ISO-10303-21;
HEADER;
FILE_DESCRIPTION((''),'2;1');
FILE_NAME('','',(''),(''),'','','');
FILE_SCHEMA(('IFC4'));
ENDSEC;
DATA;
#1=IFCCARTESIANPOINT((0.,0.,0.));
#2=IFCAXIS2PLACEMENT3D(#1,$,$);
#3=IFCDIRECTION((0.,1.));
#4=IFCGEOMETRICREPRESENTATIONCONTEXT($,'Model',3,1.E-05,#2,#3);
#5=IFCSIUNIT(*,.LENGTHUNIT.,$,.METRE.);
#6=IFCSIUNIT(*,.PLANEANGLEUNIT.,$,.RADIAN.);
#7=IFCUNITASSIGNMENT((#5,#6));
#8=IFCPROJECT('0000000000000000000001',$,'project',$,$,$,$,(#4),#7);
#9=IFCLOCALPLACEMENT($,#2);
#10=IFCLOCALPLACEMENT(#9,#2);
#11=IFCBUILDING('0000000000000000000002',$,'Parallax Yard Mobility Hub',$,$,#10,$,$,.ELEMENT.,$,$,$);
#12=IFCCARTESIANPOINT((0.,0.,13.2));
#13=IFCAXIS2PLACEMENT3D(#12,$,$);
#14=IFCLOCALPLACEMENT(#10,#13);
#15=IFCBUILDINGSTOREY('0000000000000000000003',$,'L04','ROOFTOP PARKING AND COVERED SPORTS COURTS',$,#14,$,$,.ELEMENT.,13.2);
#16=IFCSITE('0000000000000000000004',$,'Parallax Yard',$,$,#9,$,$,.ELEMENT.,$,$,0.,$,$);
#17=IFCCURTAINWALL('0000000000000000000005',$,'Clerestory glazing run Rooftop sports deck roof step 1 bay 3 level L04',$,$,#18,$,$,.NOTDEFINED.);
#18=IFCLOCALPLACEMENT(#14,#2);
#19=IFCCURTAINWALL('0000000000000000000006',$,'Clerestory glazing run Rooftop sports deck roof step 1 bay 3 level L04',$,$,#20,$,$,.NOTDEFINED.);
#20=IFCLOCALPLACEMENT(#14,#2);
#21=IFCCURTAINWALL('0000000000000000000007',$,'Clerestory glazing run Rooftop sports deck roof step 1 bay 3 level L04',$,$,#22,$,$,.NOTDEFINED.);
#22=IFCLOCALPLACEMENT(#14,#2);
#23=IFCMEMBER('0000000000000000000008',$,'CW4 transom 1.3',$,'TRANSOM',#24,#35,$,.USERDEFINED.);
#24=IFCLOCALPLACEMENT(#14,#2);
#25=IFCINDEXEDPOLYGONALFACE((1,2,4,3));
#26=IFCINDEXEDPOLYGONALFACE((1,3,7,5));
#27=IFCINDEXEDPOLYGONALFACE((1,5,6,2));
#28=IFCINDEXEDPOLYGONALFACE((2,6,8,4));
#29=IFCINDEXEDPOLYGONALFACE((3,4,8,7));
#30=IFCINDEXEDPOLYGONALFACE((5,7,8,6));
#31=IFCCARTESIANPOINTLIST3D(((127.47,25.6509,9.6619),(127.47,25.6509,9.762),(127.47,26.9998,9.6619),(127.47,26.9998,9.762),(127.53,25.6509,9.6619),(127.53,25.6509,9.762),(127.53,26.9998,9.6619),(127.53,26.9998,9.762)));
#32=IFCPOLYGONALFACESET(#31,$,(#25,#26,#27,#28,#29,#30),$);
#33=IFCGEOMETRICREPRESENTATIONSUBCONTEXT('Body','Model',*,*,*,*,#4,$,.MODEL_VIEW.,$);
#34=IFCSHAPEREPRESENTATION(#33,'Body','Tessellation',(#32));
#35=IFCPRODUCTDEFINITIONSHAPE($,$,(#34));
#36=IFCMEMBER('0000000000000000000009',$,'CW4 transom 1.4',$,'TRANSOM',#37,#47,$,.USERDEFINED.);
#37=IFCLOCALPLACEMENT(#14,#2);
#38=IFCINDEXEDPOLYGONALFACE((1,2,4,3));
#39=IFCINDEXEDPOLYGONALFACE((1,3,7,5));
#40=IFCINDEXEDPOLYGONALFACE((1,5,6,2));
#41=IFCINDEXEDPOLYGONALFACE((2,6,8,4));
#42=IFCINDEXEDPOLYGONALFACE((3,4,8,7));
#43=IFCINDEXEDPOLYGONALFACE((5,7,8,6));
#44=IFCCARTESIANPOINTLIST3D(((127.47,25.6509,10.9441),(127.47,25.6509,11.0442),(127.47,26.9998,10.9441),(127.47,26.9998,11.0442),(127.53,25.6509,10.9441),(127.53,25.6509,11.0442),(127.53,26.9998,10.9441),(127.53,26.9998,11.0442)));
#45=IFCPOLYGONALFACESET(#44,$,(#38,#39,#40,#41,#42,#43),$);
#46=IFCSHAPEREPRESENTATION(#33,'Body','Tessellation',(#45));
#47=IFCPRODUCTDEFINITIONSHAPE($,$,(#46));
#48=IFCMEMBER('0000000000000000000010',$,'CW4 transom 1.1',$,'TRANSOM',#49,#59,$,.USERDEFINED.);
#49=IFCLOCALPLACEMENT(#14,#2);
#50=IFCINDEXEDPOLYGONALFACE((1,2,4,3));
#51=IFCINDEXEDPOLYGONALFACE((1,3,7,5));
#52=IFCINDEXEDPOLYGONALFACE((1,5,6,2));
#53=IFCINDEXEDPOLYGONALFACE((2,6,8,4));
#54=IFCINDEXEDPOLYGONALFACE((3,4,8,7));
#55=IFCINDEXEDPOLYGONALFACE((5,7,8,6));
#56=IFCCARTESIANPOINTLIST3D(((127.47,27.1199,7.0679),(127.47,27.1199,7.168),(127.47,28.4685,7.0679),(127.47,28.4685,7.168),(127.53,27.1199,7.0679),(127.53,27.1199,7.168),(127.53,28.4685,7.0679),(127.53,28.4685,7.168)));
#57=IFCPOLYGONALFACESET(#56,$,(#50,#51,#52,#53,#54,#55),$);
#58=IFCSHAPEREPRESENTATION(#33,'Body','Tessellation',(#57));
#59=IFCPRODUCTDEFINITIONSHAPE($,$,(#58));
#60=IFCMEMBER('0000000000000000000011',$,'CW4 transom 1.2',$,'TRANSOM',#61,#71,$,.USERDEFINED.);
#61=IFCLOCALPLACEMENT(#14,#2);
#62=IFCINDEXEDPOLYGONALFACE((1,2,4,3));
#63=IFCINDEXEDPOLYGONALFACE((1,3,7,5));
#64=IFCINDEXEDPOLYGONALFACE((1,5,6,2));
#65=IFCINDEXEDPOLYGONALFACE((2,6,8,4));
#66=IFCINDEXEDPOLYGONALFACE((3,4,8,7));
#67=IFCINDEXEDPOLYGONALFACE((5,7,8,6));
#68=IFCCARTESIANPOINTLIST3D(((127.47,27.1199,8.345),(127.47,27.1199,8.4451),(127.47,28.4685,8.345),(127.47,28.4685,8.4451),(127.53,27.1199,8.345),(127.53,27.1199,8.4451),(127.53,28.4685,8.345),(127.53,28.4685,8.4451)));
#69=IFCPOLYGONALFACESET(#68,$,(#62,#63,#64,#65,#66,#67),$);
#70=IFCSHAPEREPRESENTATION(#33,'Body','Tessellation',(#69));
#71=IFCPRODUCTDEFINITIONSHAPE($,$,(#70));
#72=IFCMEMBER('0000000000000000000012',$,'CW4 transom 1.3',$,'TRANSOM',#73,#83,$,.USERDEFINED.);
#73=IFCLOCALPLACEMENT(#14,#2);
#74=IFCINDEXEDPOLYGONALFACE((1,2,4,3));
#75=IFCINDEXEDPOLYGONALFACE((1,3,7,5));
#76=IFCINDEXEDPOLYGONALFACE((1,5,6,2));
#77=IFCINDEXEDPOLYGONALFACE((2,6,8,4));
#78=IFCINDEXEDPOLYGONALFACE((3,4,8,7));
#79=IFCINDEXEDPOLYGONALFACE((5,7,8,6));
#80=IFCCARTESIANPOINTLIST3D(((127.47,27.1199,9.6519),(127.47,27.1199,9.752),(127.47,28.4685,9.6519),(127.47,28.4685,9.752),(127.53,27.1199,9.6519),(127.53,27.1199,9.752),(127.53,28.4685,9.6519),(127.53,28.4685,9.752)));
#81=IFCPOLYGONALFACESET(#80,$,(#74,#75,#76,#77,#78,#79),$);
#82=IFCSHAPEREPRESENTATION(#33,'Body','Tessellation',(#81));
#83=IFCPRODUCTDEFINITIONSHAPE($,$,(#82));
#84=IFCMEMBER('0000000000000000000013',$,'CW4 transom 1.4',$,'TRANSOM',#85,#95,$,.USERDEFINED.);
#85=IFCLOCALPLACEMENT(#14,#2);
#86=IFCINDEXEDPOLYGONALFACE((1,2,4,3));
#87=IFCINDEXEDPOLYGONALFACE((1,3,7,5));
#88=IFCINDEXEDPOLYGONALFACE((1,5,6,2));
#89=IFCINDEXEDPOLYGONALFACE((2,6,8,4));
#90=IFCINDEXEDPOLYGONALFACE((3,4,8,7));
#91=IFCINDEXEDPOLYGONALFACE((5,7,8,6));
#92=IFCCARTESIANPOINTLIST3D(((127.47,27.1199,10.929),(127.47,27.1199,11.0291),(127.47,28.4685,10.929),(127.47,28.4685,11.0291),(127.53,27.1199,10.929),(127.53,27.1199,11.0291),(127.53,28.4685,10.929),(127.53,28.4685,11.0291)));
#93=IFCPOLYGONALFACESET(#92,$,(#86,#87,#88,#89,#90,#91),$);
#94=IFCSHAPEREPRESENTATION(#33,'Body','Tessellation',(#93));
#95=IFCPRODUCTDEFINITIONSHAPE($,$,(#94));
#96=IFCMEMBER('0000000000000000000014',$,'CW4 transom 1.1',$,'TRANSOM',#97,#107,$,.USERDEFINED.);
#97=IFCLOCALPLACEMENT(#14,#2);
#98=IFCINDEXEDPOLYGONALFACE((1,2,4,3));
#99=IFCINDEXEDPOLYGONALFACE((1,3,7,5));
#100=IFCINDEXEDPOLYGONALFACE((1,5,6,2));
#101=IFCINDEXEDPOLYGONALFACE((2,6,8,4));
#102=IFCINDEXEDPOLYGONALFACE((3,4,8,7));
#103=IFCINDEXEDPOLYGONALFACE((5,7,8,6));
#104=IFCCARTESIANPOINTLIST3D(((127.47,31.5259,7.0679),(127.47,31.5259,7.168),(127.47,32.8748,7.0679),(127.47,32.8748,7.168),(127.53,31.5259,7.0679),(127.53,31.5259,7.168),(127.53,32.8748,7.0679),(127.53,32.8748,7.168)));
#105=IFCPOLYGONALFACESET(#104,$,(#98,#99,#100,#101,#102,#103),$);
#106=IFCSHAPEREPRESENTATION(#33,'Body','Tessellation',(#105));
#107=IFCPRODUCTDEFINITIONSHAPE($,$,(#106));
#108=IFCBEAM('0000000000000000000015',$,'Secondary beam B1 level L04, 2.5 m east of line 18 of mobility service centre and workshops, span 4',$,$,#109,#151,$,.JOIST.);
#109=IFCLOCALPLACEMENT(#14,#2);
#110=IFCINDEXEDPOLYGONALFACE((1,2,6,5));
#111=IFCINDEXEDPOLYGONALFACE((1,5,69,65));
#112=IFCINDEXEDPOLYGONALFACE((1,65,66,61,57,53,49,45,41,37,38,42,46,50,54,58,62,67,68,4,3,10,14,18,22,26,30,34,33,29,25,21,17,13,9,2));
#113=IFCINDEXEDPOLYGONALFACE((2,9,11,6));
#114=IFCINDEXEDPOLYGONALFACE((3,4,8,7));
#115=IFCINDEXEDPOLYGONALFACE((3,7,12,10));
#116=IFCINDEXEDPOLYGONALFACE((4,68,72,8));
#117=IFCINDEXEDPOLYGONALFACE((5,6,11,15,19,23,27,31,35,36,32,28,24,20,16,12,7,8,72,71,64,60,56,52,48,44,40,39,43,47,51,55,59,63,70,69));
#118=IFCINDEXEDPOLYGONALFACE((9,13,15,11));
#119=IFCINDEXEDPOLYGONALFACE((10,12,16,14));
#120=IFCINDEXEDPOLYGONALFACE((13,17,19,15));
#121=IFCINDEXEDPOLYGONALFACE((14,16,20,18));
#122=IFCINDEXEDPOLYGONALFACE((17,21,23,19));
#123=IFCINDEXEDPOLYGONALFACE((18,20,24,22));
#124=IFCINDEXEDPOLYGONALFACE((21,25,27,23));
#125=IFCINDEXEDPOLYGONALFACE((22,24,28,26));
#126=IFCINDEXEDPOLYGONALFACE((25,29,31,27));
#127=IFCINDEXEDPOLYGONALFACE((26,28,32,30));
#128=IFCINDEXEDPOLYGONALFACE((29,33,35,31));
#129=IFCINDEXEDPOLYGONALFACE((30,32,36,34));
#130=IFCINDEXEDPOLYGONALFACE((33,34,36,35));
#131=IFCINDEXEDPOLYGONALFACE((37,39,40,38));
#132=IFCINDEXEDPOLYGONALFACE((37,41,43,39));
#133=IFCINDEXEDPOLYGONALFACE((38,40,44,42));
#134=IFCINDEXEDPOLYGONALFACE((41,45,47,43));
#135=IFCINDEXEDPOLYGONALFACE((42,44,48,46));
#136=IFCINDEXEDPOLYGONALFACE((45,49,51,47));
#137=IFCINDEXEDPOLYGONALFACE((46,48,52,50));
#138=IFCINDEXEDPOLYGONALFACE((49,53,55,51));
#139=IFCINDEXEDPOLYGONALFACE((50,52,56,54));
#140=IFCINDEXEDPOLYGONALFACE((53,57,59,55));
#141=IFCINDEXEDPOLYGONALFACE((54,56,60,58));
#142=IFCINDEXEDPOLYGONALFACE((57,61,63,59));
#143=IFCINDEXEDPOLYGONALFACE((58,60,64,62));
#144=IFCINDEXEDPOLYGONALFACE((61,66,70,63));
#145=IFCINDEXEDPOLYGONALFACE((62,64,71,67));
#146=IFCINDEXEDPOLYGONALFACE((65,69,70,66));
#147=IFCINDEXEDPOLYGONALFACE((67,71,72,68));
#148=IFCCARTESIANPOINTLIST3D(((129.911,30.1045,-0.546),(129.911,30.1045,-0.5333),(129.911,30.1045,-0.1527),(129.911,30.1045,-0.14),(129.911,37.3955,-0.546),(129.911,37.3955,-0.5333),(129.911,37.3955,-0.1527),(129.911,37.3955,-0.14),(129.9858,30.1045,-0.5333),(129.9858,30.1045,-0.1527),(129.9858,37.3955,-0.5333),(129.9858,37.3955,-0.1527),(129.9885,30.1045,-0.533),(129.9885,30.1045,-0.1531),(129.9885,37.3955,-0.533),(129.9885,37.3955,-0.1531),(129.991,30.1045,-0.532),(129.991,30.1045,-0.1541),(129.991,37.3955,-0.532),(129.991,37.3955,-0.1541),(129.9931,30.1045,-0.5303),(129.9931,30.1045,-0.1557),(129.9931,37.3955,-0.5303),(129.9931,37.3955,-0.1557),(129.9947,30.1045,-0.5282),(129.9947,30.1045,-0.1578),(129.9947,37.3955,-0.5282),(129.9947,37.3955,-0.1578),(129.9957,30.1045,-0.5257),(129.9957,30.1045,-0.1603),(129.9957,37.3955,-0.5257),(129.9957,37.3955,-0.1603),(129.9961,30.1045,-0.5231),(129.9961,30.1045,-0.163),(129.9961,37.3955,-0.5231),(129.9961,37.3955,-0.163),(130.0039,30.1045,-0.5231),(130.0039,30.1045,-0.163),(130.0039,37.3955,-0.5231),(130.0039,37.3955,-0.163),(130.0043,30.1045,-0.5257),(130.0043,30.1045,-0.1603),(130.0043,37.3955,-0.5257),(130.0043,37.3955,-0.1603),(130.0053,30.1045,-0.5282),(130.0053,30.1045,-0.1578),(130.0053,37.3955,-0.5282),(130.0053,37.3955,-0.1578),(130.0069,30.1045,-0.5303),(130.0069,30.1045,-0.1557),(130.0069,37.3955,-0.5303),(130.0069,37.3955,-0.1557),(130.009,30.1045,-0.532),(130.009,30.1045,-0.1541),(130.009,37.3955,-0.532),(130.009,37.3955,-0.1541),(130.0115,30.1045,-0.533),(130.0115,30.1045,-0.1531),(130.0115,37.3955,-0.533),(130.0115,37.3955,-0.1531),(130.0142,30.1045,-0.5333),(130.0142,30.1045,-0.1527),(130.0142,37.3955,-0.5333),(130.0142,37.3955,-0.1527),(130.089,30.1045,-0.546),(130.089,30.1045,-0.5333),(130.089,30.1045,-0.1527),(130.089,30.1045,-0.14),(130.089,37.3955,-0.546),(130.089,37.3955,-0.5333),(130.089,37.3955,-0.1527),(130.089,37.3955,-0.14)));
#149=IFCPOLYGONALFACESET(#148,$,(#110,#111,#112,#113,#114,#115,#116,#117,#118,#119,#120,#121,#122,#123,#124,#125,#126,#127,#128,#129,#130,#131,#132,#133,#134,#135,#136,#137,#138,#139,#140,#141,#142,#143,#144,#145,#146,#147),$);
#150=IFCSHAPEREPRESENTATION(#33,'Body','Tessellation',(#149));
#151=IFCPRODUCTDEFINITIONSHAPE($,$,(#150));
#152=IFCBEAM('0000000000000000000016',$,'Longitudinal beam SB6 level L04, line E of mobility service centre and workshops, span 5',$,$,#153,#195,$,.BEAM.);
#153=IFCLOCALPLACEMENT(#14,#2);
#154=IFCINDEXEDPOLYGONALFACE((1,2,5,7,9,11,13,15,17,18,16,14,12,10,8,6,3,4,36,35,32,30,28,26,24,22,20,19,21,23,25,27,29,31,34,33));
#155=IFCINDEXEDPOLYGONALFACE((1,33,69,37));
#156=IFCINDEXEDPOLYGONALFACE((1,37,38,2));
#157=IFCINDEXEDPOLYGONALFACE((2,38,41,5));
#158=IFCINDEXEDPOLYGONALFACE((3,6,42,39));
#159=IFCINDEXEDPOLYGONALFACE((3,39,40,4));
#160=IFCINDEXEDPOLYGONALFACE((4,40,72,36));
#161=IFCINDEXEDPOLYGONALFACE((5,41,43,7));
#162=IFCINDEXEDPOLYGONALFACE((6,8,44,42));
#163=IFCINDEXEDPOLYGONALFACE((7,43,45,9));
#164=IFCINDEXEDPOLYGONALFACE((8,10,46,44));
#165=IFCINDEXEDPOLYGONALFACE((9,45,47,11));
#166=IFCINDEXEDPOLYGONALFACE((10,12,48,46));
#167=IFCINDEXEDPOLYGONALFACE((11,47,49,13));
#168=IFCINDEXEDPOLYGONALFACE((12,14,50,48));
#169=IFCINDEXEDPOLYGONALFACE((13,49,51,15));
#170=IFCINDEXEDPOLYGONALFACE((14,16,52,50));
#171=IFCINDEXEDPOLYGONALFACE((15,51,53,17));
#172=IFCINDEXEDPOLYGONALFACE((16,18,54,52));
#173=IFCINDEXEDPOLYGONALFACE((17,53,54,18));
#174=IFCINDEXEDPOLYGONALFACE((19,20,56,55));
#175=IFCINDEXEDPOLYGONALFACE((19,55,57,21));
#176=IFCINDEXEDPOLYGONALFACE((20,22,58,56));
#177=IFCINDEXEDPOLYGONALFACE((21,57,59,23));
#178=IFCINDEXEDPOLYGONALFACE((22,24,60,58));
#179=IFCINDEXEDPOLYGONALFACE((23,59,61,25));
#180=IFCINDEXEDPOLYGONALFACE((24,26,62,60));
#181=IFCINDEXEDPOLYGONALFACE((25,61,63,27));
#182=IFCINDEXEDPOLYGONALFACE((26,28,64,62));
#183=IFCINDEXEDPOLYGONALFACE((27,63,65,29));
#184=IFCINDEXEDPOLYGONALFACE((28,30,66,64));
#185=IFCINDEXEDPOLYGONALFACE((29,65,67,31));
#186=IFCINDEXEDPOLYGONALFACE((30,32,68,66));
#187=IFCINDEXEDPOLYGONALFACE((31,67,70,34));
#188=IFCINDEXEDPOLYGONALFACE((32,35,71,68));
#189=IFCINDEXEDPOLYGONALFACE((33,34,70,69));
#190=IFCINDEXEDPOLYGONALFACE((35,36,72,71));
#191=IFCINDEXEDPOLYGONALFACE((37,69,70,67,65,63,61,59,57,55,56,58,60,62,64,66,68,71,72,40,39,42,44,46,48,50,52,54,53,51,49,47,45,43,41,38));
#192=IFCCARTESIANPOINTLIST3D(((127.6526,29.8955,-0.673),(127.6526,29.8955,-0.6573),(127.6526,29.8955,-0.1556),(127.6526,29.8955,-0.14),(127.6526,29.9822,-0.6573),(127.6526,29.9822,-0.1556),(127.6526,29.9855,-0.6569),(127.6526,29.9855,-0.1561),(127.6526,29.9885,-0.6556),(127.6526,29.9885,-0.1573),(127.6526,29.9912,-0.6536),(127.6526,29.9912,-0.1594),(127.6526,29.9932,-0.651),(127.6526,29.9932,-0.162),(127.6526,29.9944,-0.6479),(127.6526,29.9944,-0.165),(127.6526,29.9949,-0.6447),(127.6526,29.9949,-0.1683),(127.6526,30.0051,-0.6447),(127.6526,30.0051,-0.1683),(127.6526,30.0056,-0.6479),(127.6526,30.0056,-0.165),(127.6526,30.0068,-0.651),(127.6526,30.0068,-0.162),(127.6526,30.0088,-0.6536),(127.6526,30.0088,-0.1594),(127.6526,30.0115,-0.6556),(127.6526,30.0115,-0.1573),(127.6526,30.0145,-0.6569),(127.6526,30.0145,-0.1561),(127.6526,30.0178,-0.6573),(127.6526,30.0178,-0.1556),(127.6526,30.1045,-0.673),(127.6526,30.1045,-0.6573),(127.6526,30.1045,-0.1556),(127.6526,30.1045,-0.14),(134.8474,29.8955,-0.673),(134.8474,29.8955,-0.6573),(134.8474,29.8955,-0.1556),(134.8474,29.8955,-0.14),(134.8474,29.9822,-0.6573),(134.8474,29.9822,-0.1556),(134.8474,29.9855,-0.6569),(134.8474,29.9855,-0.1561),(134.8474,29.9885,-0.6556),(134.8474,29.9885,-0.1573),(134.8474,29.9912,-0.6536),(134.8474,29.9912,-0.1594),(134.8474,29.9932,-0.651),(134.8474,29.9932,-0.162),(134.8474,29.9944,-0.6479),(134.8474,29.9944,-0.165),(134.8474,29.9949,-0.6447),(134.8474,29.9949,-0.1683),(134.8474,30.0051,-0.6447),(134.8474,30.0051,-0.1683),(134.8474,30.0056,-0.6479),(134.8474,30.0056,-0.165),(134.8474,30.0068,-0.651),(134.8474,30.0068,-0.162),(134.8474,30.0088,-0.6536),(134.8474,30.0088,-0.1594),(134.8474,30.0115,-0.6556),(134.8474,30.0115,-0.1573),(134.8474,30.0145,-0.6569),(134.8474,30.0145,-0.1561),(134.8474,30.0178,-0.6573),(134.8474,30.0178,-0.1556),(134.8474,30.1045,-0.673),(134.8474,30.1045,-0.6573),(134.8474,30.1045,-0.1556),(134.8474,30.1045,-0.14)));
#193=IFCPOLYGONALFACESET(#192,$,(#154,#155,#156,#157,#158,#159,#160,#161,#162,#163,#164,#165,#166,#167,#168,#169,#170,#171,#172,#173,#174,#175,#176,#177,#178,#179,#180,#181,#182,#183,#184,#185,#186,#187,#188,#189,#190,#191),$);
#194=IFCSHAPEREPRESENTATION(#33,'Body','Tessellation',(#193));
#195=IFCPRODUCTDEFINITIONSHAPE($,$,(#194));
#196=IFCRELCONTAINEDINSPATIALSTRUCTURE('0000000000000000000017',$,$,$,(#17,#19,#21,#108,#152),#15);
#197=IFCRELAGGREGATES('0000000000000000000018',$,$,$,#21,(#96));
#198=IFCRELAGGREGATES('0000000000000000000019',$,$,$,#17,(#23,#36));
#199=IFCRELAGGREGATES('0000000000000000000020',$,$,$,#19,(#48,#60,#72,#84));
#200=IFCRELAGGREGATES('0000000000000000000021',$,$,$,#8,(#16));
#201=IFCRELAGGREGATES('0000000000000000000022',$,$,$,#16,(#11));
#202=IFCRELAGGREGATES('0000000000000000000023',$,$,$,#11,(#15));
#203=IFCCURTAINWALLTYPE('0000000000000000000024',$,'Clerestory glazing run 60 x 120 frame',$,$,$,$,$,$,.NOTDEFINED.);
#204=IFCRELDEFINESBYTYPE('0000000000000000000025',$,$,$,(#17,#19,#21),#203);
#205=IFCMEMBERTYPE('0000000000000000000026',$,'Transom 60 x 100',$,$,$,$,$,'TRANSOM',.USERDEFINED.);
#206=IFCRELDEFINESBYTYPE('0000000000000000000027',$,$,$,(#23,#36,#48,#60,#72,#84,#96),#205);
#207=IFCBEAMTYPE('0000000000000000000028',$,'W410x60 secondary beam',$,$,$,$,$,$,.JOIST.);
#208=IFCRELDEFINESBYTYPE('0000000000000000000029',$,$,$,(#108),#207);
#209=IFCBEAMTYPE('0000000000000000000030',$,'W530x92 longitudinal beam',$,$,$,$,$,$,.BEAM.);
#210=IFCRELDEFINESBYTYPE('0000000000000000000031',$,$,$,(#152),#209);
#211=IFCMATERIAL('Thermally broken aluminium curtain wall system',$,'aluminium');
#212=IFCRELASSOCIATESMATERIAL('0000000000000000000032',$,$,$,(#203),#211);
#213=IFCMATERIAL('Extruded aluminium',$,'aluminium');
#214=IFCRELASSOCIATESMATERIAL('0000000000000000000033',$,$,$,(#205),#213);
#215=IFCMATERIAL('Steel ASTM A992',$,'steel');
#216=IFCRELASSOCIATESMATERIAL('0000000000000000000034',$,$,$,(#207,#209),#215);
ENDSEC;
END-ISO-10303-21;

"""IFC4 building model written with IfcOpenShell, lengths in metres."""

from ifc_helpers import new_model, si_unit, direction, frame, origin, origin_2d, place, context, subcontext, project, spatial, rectangle, i_section, extrude, material, material_profile, profile_set, type_object, element, aggregate, save


model = new_model("IFC4")

# Units and contexts
model_context = context("Model", 3, precision=1e-05, world=origin(), true_north=direction((0.0, 1.0)))
body_context = subcontext(model_context, "Body", "Model", "MODEL_VIEW")
ifc_project = project(units=[si_unit("LENGTHUNIT", "METRE"), si_unit("PLANEANGLEUNIT", "RADIAN")], contexts=[model_context])

# Site, building, storey
site_placement = place(None, origin())
site = spatial("IfcSite", under=ifc_project, at=site_placement, Name="Parallax Yard", CompositionType="ELEMENT", RefElevation=0.0)
building_placement = place(site_placement, origin())
building = spatial("IfcBuilding", under=site, at=building_placement, Name="Parallax Yard Mobility Hub", CompositionType="ELEMENT")
storey_placement = place(building_placement, frame((0.0, 0.0, 13.2)))
storey = spatial("IfcBuildingStorey", under=building, at=storey_placement, Name="L04", Description="ROOFTOP PARKING AND COVERED SPORTS COURTS", CompositionType="ELEMENT", Elevation=13.2)

# Curtain walls
ifc_material_1 = material(Name="Thermally broken aluminium curtain wall system", Category="aluminium")
curtain_wall_type = type_object("IfcCurtainWallType", Name="Clerestory glazing run 60 x 120 frame", PredefinedType="NOTDEFINED", material=ifc_material_1)
ifc_material_2 = material(Name="Extruded aluminium", Category="aluminium")
curtain_wall_1_placement = place(storey_placement, origin())
curtain_wall_1 = element("IfcCurtainWall", 1, at=curtain_wall_1_placement, inside=storey, type_object=curtain_wall_type, Name="Clerestory glazing run Rooftop sports deck roof step 1 bay 3 level L04", PredefinedType="NOTDEFINED")
curtain_wall_2_placement = place(storey_placement, origin())
curtain_wall_2 = element("IfcCurtainWall", 2, at=curtain_wall_2_placement, inside=storey, type_object=curtain_wall_type, Name="Clerestory glazing run Rooftop sports deck roof step 1 bay 3 level L04", PredefinedType="NOTDEFINED")

# Curtain wall
curtain_wall_3_placement = place(storey_placement, origin())
curtain_wall_3 = element("IfcCurtainWall", 3, at=curtain_wall_3_placement, inside=storey, type_object=curtain_wall_type, Name="Clerestory glazing run Rooftop sports deck roof step 1 bay 3 level L04", PredefinedType="NOTDEFINED")

# Members
ifc_material_3 = material(Name="Steel ASTM A992", Category="steel")
ifc_material_profile_1 = material_profile(ifc_material_2, rectangle(XDim=0.0601, YDim=0.1001, at=origin_2d()), Name="Transom 60 x 100")
ifc_profile_set_1 = profile_set([ifc_material_profile_1], Name="Extruded aluminium")
member_type_1 = type_object("IfcMemberType", Name="Transom 60 x 100", ElementType="TRANSOM", PredefinedType="USERDEFINED", material=ifc_profile_set_1)
member_1_placement = place(storey_placement, frame((127.5, 25.6509, 9.7119), z_axis=(0.0, 1.0, 0.0), x_axis=(-1.0, 0.0, 0.0)))
member_1 = element("IfcMember", 4, at=member_1_placement, type_object=member_type_1, Name="CW4 transom 1.3", ObjectType="TRANSOM", PredefinedType="USERDEFINED", context=body_context, shape_type="SweptSolid", body=[
    extrude(rectangle(XDim=0.0601, YDim=0.1001, at=origin_2d()), origin(), (0.0, 0.0, 1.0), 1.3489),
])
member_2_placement = place(storey_placement, frame((127.5, 25.6509, 10.9941), z_axis=(0.0, 1.0, 0.0), x_axis=(-1.0, 0.0, 0.0)))
member_2 = element("IfcMember", 5, at=member_2_placement, type_object=member_type_1, Name="CW4 transom 1.4", ObjectType="TRANSOM", PredefinedType="USERDEFINED", context=body_context, shape_type="SweptSolid", body=[
    extrude(rectangle(XDim=0.0601, YDim=0.1001, at=origin_2d()), origin(), (0.0, 0.0, 1.0), 1.3489),
])
member_3_placement = place(storey_placement, frame((127.5, 27.1199, 7.1179), z_axis=(0.0, 1.0, 0.0), x_axis=(-1.0, 0.0, 0.0)))
member_3 = element("IfcMember", 6, at=member_3_placement, type_object=member_type_1, Name="CW4 transom 1.1", ObjectType="TRANSOM", PredefinedType="USERDEFINED", context=body_context, shape_type="SweptSolid", body=[
    extrude(rectangle(XDim=0.0601, YDim=0.1001, at=origin_2d()), origin(), (0.0, 0.0, 1.0), 1.3486),
])
member_4_placement = place(storey_placement, frame((127.5, 27.1199, 8.395), z_axis=(0.0, 1.0, 0.0), x_axis=(-1.0, 0.0, 0.0)))
member_4 = element("IfcMember", 7, at=member_4_placement, type_object=member_type_1, Name="CW4 transom 1.2", ObjectType="TRANSOM", PredefinedType="USERDEFINED", context=body_context, shape_type="SweptSolid", body=[
    extrude(rectangle(XDim=0.0601, YDim=0.1001, at=origin_2d()), origin(), (0.0, 0.0, 1.0), 1.3486),
])
member_5_placement = place(storey_placement, frame((127.5, 27.1199, 9.7019), z_axis=(0.0, 1.0, 0.0), x_axis=(-1.0, 0.0, 0.0)))
member_5 = element("IfcMember", 8, at=member_5_placement, type_object=member_type_1, Name="CW4 transom 1.3", ObjectType="TRANSOM", PredefinedType="USERDEFINED", context=body_context, shape_type="SweptSolid", body=[
    extrude(rectangle(XDim=0.0601, YDim=0.1001, at=origin_2d()), origin(), (0.0, 0.0, 1.0), 1.3486),
])
member_6_placement = place(storey_placement, frame((127.5, 27.1199, 10.979), z_axis=(0.0, 1.0, 0.0), x_axis=(-1.0, 0.0, 0.0)))
member_6 = element("IfcMember", 9, at=member_6_placement, type_object=member_type_1, Name="CW4 transom 1.4", ObjectType="TRANSOM", PredefinedType="USERDEFINED", context=body_context, shape_type="SweptSolid", body=[
    extrude(rectangle(XDim=0.0601, YDim=0.1001, at=origin_2d()), origin(), (0.0, 0.0, 1.0), 1.3486),
])
member_7_placement = place(storey_placement, frame((127.5, 31.5259, 7.1179), z_axis=(0.0, 1.0, 0.0), x_axis=(-1.0, 0.0, 0.0)))
member_7 = element("IfcMember", 10, at=member_7_placement, type_object=member_type_1, Name="CW4 transom 1.1", ObjectType="TRANSOM", PredefinedType="USERDEFINED", context=body_context, shape_type="SweptSolid", body=[
    extrude(rectangle(XDim=0.0601, YDim=0.1001, at=origin_2d()), origin(), (0.0, 0.0, 1.0), 1.3489),
])
aggregate(curtain_wall_3, [member_7])

# Beams
ifc_material_profile_2 = material_profile(ifc_material_3, i_section(OverallWidth=0.178, OverallDepth=0.406, WebThickness=0.0078, FlangeThickness=0.0127, FilletRadius=0.0103, at=origin_2d()), Name="W410x60")
ifc_profile_set_2 = profile_set([ifc_material_profile_2], Name="Steel ASTM A992")
beam_type_1 = type_object("IfcBeamType", Name="W410x60 secondary beam", PredefinedType="JOIST", material=ifc_profile_set_2)
beam_1_placement = place(storey_placement, frame((130.0, 30.1045, -0.343), z_axis=(0.0, 1.0, 0.0), x_axis=(-1.0, 0.0, 0.0)))
element("IfcBeam", 11, at=beam_1_placement, inside=storey, type_object=beam_type_1, Name="Secondary beam B1 level L04, 2.5 m east of line 18 of mobility service centre and workshops, span 4", PredefinedType="JOIST", context=body_context, shape_type="SweptSolid", body=[
    extrude(i_section(OverallWidth=0.178, OverallDepth=0.406, WebThickness=0.0078, FlangeThickness=0.0127, FilletRadius=0.0103, at=origin_2d()), origin(), (0.0, 0.0, 1.0), 7.291),
])
ifc_material_profile_3 = material_profile(ifc_material_3, i_section(OverallWidth=0.209, OverallDepth=0.533, WebThickness=0.0103, FlangeThickness=0.0156, FilletRadius=0.0127, at=origin_2d()), Name="W530x92")
ifc_profile_set_3 = profile_set([ifc_material_profile_3], Name="Steel ASTM A992")
beam_type_2 = type_object("IfcBeamType", Name="W530x92 longitudinal beam", PredefinedType="BEAM", material=ifc_profile_set_3)
beam_2_placement = place(storey_placement, frame((127.6526, 30.0, -0.4065), z_axis=(1.0, 0.0, 0.0), x_axis=(0.0, 1.0, 0.0)))
element("IfcBeam", 12, at=beam_2_placement, inside=storey, type_object=beam_type_2, Name="Longitudinal beam SB6 level L04, line E of mobility service centre and workshops, span 5", PredefinedType="BEAM", context=body_context, shape_type="SweptSolid", body=[
    extrude(i_section(OverallWidth=0.209, OverallDepth=0.533, WebThickness=0.0103, FlangeThickness=0.0156, FilletRadius=0.0127, at=origin_2d()), origin(), (0.0, 0.0, 1.0), 7.1948),
])

aggregate(curtain_wall_1, [member_1, member_2])
aggregate(curtain_wall_2, [member_3, member_4, member_5, member_6])

save(model, "model.ifc")
